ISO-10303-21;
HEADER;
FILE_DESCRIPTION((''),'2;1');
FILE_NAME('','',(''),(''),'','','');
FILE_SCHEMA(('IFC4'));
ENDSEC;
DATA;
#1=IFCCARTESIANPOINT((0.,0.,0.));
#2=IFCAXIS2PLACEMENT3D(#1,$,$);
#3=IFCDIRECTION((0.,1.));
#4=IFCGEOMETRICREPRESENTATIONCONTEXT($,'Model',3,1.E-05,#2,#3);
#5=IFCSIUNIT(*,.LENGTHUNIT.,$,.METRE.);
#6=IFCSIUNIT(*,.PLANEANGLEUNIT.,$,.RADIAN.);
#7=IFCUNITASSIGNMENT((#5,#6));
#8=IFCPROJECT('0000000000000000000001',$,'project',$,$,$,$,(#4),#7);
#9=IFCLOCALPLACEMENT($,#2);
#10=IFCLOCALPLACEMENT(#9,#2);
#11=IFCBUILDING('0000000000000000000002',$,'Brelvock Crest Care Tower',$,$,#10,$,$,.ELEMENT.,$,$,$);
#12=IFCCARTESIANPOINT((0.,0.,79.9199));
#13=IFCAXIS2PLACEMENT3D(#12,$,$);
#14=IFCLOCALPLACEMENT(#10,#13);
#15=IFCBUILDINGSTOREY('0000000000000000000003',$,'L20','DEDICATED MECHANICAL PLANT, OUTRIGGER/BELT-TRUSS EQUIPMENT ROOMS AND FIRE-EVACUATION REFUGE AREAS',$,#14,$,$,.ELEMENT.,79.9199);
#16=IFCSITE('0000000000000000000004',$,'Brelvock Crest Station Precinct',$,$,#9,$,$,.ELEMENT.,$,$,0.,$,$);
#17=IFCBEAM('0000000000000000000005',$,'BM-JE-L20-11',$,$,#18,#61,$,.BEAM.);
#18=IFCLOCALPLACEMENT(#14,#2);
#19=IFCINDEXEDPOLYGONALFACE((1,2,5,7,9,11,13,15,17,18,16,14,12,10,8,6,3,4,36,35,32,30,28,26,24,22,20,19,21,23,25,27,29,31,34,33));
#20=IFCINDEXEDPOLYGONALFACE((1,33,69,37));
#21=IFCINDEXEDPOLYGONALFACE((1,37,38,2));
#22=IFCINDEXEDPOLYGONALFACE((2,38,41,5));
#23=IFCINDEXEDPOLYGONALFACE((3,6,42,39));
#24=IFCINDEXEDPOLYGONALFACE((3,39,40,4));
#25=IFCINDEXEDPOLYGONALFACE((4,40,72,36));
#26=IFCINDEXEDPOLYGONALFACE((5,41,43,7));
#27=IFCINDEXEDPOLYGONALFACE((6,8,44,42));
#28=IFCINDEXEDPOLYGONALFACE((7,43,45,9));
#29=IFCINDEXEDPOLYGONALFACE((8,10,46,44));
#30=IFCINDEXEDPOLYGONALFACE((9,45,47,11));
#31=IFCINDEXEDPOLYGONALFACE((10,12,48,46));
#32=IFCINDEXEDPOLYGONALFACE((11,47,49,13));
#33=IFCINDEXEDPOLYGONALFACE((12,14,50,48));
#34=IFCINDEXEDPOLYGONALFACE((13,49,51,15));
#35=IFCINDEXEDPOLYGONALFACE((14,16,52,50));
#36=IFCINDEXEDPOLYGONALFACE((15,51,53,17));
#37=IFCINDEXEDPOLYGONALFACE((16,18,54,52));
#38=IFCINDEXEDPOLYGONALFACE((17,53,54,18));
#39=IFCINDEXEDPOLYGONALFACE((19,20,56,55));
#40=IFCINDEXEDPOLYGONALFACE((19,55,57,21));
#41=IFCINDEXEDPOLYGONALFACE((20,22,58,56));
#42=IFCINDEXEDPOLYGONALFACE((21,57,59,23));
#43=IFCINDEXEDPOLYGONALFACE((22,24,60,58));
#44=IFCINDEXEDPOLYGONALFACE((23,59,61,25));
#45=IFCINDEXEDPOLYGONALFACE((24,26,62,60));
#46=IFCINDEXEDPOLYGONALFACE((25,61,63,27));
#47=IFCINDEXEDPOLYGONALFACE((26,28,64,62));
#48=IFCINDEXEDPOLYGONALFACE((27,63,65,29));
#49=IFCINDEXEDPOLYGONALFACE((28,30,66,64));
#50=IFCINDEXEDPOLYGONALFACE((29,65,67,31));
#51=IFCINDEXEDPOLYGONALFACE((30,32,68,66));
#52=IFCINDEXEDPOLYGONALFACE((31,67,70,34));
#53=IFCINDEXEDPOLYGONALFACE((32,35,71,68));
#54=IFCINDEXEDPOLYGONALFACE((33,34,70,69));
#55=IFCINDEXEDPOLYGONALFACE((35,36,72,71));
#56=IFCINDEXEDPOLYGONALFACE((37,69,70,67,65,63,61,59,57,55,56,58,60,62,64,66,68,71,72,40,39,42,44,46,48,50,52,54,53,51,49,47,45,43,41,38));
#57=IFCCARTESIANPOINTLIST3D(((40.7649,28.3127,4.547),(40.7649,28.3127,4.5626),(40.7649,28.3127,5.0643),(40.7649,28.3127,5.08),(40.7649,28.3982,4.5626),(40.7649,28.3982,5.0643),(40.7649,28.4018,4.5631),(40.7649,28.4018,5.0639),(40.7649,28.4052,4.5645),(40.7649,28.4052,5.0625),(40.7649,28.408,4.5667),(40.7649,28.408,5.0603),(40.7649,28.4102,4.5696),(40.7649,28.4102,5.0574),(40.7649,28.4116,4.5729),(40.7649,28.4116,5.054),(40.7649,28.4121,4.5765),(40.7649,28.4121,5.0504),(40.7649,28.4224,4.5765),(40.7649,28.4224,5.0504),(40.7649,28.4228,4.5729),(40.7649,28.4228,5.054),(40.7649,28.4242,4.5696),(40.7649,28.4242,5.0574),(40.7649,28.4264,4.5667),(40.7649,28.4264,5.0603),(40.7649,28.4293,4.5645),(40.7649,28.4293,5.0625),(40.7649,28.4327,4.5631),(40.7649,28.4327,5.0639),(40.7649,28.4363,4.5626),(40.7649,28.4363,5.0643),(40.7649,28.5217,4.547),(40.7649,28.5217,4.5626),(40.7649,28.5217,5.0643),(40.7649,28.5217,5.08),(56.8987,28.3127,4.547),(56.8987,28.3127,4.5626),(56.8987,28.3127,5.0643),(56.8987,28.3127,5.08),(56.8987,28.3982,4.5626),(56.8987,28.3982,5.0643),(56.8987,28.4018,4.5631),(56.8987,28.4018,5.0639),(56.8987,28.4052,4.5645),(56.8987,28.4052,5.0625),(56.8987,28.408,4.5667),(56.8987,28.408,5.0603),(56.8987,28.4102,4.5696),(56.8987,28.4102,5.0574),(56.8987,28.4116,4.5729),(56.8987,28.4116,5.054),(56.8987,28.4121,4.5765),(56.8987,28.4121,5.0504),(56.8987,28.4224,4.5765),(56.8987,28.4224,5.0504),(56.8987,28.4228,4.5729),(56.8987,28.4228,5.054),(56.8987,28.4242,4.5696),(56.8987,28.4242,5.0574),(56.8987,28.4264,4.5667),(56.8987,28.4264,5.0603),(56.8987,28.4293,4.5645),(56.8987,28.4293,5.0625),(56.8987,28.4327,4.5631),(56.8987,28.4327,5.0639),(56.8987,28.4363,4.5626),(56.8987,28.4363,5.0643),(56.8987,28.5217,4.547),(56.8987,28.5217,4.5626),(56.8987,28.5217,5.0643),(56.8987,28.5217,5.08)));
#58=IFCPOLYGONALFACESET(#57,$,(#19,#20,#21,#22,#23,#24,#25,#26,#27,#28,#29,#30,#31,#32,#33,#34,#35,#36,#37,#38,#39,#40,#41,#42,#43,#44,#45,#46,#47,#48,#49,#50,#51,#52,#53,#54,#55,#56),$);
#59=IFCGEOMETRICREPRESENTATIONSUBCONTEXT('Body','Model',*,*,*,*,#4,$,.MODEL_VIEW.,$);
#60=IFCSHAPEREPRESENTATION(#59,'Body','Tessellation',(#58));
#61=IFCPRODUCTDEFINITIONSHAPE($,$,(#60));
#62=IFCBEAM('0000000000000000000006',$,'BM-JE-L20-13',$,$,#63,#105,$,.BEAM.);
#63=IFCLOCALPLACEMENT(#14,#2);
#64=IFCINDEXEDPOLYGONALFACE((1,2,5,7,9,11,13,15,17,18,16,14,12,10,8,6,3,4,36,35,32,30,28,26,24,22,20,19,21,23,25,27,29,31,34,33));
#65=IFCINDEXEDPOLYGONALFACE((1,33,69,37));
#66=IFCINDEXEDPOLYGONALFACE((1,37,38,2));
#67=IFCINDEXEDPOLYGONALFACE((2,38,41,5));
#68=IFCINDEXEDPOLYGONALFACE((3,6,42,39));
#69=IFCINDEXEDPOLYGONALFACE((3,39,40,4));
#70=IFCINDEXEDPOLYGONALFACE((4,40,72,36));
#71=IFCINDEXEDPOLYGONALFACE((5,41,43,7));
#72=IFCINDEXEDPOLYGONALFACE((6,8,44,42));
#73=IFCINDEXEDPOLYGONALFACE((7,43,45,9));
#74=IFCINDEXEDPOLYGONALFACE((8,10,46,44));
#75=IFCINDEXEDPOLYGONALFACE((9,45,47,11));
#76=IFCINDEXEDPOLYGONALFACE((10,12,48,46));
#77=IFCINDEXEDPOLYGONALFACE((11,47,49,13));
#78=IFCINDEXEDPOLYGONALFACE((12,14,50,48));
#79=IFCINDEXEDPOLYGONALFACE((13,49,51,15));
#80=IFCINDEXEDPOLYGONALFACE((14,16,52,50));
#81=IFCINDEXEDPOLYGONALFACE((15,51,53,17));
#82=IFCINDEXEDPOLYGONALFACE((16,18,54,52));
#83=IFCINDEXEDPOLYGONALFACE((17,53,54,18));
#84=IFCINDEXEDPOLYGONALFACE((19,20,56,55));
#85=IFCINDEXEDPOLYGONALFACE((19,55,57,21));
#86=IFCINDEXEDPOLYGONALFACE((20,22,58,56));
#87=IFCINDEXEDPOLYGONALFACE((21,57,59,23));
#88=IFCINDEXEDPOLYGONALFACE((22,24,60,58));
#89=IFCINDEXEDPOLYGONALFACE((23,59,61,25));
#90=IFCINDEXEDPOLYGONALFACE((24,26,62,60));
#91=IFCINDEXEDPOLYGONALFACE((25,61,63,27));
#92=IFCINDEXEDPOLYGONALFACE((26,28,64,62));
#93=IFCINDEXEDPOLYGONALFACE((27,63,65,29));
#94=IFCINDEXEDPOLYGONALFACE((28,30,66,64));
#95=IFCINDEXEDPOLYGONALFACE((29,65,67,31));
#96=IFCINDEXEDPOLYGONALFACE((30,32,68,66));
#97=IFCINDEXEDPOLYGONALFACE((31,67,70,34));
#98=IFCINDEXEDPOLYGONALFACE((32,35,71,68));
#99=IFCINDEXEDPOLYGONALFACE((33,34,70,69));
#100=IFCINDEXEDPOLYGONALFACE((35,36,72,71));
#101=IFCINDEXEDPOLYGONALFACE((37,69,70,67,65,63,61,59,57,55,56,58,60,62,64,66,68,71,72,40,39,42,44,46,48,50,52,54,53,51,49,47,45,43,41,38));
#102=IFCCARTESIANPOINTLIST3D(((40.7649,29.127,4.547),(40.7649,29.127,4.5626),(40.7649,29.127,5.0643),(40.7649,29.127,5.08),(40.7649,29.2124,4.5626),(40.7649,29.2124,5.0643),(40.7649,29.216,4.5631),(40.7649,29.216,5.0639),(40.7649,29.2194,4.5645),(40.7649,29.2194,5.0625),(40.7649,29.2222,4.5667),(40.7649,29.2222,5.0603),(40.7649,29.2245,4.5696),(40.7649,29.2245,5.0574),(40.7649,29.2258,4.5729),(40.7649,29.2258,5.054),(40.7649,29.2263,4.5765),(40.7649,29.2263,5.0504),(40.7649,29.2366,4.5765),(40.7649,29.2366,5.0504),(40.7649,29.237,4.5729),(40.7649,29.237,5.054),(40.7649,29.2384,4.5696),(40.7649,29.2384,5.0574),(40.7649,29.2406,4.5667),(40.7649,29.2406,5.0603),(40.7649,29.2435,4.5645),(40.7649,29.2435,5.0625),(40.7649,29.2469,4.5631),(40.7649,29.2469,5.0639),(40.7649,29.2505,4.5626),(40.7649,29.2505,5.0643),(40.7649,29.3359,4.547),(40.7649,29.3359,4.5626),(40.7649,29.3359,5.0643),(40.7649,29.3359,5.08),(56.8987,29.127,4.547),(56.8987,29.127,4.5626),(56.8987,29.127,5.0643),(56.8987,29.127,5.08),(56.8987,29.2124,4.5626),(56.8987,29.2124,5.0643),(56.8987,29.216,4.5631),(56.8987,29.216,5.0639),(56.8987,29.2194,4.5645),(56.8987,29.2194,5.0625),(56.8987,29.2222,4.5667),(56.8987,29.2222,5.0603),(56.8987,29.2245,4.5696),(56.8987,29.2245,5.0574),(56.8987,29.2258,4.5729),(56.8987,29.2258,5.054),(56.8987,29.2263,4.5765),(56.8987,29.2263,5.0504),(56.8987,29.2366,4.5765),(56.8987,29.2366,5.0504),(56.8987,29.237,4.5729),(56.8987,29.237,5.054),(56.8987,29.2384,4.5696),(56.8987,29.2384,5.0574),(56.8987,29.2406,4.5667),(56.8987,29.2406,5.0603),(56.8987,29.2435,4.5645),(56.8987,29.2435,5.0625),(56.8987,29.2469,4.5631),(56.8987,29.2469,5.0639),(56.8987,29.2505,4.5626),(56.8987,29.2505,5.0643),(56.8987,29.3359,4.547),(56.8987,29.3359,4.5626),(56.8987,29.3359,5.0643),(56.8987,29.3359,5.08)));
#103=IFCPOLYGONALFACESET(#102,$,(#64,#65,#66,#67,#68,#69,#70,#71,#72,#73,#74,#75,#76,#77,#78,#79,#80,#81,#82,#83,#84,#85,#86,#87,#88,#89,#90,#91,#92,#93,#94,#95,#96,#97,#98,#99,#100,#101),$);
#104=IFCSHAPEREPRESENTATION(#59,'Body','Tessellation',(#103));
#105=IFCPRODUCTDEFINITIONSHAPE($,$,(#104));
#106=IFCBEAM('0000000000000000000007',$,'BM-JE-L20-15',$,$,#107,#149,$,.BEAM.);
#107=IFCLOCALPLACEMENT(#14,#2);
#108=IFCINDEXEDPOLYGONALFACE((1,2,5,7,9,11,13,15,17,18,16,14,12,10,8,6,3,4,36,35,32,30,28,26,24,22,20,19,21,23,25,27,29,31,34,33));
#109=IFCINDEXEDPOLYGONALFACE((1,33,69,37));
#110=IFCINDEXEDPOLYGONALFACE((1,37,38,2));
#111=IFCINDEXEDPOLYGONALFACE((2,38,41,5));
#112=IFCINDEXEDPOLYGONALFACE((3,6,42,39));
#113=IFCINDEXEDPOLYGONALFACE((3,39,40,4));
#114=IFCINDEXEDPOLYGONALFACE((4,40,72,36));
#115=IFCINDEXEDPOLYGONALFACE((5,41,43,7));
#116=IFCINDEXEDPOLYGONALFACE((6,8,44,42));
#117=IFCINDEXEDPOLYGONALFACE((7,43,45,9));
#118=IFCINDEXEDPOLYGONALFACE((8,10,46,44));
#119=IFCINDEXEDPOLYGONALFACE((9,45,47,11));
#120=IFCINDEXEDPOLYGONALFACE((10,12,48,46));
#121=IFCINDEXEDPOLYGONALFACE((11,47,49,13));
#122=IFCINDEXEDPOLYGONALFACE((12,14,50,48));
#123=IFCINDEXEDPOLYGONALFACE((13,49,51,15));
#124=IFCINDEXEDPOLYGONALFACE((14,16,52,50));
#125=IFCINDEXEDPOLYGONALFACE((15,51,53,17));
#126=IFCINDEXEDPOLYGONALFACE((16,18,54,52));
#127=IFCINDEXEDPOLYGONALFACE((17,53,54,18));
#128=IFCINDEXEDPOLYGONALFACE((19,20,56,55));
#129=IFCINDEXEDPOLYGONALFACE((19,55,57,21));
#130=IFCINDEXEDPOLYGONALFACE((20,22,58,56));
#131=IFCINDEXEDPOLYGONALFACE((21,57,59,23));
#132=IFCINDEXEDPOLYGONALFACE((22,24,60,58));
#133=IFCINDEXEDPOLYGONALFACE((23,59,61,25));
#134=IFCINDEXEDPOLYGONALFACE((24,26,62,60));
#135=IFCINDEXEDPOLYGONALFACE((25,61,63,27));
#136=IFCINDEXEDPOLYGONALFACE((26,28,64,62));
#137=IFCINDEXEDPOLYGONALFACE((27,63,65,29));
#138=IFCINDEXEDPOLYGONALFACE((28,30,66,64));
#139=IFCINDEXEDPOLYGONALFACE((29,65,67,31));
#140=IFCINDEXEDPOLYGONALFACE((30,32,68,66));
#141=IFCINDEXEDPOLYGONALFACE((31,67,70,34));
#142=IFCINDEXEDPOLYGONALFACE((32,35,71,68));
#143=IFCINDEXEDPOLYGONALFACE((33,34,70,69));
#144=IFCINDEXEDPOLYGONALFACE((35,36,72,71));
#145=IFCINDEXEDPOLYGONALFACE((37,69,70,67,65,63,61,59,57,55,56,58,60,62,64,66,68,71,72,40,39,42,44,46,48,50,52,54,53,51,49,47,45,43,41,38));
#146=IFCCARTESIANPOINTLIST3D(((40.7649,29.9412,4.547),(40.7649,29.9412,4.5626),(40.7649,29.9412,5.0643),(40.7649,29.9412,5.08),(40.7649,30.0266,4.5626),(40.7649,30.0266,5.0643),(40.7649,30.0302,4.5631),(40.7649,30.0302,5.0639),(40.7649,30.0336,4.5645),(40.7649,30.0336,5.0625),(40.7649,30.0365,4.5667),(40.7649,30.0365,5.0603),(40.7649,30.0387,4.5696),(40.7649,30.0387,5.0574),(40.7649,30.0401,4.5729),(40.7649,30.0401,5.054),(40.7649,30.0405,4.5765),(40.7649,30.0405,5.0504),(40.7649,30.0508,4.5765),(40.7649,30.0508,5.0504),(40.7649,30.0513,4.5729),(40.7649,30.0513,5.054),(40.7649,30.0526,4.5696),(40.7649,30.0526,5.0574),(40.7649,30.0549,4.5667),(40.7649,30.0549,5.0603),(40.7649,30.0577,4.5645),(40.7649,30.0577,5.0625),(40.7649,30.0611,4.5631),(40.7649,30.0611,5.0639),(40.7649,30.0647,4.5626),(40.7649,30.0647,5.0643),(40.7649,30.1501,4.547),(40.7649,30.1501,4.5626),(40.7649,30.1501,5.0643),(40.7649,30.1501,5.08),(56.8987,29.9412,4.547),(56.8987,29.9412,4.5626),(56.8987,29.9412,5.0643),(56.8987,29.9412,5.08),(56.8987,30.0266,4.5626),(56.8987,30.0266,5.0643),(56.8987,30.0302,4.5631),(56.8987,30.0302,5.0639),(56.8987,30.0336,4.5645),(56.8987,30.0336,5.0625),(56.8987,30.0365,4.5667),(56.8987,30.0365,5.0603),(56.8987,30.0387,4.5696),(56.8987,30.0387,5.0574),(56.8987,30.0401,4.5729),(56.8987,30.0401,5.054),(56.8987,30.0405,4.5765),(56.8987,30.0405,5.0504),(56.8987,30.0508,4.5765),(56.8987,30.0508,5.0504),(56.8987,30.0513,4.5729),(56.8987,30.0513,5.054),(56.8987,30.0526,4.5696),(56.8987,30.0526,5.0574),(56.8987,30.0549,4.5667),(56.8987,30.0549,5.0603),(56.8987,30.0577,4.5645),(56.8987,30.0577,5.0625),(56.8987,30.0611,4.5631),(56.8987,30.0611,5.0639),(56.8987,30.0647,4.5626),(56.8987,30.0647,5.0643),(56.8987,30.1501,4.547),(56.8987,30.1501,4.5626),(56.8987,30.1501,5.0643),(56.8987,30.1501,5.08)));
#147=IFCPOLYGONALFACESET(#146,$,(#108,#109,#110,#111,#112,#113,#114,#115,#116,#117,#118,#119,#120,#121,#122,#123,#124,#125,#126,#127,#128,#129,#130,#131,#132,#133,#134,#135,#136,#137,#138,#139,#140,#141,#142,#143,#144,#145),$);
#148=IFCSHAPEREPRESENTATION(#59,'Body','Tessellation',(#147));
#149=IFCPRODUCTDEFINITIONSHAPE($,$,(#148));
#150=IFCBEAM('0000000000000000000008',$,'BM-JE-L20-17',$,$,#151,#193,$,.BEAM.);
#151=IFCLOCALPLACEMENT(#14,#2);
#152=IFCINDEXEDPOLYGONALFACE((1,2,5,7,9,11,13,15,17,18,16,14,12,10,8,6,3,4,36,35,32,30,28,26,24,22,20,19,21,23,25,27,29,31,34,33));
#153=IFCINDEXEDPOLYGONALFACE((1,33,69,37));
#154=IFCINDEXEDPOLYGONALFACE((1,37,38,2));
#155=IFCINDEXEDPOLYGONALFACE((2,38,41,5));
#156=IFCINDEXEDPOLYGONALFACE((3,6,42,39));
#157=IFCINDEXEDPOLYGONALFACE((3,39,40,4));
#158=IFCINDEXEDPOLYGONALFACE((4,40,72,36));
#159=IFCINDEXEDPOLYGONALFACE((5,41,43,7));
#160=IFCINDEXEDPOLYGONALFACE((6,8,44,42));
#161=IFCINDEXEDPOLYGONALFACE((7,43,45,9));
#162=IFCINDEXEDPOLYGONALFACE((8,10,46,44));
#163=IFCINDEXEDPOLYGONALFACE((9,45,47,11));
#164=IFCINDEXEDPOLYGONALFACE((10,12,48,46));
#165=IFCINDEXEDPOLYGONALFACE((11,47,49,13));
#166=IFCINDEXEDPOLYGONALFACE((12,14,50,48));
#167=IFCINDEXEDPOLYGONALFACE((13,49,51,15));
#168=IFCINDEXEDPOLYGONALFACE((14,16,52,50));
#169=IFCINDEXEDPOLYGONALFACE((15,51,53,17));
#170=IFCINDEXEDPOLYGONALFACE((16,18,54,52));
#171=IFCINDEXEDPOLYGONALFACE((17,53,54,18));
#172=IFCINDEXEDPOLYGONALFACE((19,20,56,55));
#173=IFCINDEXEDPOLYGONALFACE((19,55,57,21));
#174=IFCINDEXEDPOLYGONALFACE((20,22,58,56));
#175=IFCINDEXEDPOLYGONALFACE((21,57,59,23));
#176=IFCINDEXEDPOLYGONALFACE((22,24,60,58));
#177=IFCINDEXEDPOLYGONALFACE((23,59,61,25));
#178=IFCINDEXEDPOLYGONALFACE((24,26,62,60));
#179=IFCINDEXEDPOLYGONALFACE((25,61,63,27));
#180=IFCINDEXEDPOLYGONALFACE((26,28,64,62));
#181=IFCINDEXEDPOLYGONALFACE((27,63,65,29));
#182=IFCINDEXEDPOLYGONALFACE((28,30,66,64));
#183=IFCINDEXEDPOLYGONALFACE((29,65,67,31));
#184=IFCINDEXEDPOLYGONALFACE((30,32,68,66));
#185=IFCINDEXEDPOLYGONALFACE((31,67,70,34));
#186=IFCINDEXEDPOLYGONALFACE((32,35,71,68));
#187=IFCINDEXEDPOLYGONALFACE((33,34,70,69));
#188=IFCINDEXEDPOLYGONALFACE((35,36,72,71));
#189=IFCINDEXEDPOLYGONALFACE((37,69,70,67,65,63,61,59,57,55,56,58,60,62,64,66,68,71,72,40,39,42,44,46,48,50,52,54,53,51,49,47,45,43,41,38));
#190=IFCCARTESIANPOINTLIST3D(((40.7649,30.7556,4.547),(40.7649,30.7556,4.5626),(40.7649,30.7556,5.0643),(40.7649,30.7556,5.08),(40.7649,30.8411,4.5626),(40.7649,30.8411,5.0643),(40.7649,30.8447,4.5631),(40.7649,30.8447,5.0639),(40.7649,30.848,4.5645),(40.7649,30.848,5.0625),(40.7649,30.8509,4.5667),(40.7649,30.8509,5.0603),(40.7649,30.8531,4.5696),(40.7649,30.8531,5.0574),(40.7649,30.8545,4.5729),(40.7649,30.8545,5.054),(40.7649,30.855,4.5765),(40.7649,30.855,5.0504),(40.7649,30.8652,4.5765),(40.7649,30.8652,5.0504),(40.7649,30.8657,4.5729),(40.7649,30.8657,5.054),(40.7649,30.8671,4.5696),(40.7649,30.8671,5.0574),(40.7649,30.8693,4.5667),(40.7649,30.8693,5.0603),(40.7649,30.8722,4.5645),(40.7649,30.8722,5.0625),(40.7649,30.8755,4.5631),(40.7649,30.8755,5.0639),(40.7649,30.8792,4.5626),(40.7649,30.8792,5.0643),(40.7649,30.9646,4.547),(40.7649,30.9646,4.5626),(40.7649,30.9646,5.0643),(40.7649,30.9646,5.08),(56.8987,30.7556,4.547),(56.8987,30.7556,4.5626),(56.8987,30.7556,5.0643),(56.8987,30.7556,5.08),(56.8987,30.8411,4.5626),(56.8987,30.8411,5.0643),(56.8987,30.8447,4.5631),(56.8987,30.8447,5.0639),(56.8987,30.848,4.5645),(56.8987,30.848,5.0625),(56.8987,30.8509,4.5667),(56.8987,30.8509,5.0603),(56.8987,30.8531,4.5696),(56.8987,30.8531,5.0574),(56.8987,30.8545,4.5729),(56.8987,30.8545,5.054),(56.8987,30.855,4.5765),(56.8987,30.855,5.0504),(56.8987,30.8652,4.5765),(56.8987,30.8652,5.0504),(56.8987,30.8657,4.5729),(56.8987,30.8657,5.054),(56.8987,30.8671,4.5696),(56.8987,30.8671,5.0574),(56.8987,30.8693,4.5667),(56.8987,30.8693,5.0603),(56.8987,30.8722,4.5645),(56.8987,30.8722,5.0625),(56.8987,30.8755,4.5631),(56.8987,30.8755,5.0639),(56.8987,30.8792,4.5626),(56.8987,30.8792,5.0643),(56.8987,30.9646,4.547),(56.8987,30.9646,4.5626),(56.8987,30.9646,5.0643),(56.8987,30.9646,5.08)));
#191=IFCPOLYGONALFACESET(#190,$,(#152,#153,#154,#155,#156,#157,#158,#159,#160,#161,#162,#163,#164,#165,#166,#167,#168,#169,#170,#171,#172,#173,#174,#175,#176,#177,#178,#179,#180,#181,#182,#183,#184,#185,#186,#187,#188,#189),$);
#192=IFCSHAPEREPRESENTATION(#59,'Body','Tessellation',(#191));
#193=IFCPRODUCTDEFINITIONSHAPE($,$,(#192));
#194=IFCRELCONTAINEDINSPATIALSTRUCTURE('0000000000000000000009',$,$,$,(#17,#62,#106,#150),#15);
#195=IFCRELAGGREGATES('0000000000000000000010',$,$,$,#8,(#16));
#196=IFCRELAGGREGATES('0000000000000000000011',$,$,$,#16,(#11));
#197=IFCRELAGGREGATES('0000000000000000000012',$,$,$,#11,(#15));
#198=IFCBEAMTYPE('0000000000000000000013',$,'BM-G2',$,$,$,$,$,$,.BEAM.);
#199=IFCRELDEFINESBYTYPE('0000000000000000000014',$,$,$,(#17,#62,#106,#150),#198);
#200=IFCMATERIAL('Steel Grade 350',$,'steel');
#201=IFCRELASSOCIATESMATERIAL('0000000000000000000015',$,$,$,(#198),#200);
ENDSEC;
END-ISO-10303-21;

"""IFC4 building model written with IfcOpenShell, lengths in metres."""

from ifc_helpers import new_model, si_unit, direction, frame, origin, origin_2d, place, context, subcontext, project, spatial, i_section, extrude, source, transform, mapped, material, material_profile, profile_set, type_object, element, save


model = new_model("IFC4")

# Units and contexts
model_context = context("Model", 3, precision=1e-05, world=origin(), true_north=direction((0.0, 1.0)))
body_context = subcontext(model_context, "Body", "Model", "MODEL_VIEW")
ifc_project = project(units=[si_unit("LENGTHUNIT", "METRE"), si_unit("PLANEANGLEUNIT", "RADIAN")], contexts=[model_context])

# Site, building, storey
site_placement = place(None, origin())
site = spatial("IfcSite", under=ifc_project, at=site_placement, Name="Brelvock Crest Station Precinct", CompositionType="ELEMENT", RefElevation=0.0)
building_placement = place(site_placement, origin())
building = spatial("IfcBuilding", under=site, at=building_placement, Name="Brelvock Crest Care Tower", CompositionType="ELEMENT")
storey_placement = place(building_placement, frame((0.0, 0.0, 79.9199)))
storey = spatial("IfcBuildingStorey", under=building, at=storey_placement, Name="L20", Description="DEDICATED MECHANICAL PLANT, OUTRIGGER/BELT-TRUSS EQUIPMENT ROOMS AND FIRE-EVACUATION REFUGE AREAS", CompositionType="ELEMENT", Elevation=79.9199)

# Beams
ifc_material_1 = material(Name="Steel Grade 350", Category="steel")
ifc_material_profile_1 = material_profile(ifc_material_1, i_section(OverallWidth=0.209, OverallDepth=0.533, WebThickness=0.0103, FlangeThickness=0.0156, FilletRadius=0.0139, at=origin_2d()), Name="530UB92.4")
ifc_profile_set_1 = profile_set([ifc_material_profile_1], Name="Steel Grade 350")
beam_type_1 = type_object("IfcBeamType", Name="BM-G2", PredefinedType="BEAM", material=ifc_profile_set_1)
shared_shape_1 = source(origin(), body_context, "Body", "SweptSolid", [
    extrude(i_section(OverallWidth=0.209, OverallDepth=0.533, WebThickness=0.0103, FlangeThickness=0.0156, FilletRadius=0.0139, at=origin_2d()), origin(), (0.0, 0.0, 1.0), 16.1338),
])
for number, where, z_axis, x_axis, name in (
    (1, (40.7649, 28.4172, 4.8135), (1.0, 0.0, 0.0), (0.0, 1.0, 0.0), "BM-JE-L20-11"),
    (2, (40.7649, 29.2314, 4.8135), (1.0, 0.0, 0.0), (0.0, 1.0, 0.0), "BM-JE-L20-13"),
    (3, (40.7649, 30.0457, 4.8135), (1.0, 0.0, 0.0), (0.0, 1.0, 0.0), "BM-JE-L20-15"),
    (4, (40.7649, 30.8601, 4.8135), (1.0, 0.0, 0.0), (0.0, 1.0, 0.0), "BM-JE-L20-17"),
):
    element("IfcBeam", number, at=place(storey_placement, frame(where, z_axis=z_axis, x_axis=x_axis)), inside=storey, type_object=beam_type_1, Name=name, PredefinedType="BEAM", context=body_context, shape_type="MappedRepresentation", body=[
        mapped(shared_shape_1, transform((0.0, 0.0, 0.0), x_axis=(1.0, 0.0, 0.0), y_axis=(0.0, 1.0, 0.0), z_axis=(0.0, 0.0, 1.0), scale=1.0)),
    ])

save(model, "model.ifc")
